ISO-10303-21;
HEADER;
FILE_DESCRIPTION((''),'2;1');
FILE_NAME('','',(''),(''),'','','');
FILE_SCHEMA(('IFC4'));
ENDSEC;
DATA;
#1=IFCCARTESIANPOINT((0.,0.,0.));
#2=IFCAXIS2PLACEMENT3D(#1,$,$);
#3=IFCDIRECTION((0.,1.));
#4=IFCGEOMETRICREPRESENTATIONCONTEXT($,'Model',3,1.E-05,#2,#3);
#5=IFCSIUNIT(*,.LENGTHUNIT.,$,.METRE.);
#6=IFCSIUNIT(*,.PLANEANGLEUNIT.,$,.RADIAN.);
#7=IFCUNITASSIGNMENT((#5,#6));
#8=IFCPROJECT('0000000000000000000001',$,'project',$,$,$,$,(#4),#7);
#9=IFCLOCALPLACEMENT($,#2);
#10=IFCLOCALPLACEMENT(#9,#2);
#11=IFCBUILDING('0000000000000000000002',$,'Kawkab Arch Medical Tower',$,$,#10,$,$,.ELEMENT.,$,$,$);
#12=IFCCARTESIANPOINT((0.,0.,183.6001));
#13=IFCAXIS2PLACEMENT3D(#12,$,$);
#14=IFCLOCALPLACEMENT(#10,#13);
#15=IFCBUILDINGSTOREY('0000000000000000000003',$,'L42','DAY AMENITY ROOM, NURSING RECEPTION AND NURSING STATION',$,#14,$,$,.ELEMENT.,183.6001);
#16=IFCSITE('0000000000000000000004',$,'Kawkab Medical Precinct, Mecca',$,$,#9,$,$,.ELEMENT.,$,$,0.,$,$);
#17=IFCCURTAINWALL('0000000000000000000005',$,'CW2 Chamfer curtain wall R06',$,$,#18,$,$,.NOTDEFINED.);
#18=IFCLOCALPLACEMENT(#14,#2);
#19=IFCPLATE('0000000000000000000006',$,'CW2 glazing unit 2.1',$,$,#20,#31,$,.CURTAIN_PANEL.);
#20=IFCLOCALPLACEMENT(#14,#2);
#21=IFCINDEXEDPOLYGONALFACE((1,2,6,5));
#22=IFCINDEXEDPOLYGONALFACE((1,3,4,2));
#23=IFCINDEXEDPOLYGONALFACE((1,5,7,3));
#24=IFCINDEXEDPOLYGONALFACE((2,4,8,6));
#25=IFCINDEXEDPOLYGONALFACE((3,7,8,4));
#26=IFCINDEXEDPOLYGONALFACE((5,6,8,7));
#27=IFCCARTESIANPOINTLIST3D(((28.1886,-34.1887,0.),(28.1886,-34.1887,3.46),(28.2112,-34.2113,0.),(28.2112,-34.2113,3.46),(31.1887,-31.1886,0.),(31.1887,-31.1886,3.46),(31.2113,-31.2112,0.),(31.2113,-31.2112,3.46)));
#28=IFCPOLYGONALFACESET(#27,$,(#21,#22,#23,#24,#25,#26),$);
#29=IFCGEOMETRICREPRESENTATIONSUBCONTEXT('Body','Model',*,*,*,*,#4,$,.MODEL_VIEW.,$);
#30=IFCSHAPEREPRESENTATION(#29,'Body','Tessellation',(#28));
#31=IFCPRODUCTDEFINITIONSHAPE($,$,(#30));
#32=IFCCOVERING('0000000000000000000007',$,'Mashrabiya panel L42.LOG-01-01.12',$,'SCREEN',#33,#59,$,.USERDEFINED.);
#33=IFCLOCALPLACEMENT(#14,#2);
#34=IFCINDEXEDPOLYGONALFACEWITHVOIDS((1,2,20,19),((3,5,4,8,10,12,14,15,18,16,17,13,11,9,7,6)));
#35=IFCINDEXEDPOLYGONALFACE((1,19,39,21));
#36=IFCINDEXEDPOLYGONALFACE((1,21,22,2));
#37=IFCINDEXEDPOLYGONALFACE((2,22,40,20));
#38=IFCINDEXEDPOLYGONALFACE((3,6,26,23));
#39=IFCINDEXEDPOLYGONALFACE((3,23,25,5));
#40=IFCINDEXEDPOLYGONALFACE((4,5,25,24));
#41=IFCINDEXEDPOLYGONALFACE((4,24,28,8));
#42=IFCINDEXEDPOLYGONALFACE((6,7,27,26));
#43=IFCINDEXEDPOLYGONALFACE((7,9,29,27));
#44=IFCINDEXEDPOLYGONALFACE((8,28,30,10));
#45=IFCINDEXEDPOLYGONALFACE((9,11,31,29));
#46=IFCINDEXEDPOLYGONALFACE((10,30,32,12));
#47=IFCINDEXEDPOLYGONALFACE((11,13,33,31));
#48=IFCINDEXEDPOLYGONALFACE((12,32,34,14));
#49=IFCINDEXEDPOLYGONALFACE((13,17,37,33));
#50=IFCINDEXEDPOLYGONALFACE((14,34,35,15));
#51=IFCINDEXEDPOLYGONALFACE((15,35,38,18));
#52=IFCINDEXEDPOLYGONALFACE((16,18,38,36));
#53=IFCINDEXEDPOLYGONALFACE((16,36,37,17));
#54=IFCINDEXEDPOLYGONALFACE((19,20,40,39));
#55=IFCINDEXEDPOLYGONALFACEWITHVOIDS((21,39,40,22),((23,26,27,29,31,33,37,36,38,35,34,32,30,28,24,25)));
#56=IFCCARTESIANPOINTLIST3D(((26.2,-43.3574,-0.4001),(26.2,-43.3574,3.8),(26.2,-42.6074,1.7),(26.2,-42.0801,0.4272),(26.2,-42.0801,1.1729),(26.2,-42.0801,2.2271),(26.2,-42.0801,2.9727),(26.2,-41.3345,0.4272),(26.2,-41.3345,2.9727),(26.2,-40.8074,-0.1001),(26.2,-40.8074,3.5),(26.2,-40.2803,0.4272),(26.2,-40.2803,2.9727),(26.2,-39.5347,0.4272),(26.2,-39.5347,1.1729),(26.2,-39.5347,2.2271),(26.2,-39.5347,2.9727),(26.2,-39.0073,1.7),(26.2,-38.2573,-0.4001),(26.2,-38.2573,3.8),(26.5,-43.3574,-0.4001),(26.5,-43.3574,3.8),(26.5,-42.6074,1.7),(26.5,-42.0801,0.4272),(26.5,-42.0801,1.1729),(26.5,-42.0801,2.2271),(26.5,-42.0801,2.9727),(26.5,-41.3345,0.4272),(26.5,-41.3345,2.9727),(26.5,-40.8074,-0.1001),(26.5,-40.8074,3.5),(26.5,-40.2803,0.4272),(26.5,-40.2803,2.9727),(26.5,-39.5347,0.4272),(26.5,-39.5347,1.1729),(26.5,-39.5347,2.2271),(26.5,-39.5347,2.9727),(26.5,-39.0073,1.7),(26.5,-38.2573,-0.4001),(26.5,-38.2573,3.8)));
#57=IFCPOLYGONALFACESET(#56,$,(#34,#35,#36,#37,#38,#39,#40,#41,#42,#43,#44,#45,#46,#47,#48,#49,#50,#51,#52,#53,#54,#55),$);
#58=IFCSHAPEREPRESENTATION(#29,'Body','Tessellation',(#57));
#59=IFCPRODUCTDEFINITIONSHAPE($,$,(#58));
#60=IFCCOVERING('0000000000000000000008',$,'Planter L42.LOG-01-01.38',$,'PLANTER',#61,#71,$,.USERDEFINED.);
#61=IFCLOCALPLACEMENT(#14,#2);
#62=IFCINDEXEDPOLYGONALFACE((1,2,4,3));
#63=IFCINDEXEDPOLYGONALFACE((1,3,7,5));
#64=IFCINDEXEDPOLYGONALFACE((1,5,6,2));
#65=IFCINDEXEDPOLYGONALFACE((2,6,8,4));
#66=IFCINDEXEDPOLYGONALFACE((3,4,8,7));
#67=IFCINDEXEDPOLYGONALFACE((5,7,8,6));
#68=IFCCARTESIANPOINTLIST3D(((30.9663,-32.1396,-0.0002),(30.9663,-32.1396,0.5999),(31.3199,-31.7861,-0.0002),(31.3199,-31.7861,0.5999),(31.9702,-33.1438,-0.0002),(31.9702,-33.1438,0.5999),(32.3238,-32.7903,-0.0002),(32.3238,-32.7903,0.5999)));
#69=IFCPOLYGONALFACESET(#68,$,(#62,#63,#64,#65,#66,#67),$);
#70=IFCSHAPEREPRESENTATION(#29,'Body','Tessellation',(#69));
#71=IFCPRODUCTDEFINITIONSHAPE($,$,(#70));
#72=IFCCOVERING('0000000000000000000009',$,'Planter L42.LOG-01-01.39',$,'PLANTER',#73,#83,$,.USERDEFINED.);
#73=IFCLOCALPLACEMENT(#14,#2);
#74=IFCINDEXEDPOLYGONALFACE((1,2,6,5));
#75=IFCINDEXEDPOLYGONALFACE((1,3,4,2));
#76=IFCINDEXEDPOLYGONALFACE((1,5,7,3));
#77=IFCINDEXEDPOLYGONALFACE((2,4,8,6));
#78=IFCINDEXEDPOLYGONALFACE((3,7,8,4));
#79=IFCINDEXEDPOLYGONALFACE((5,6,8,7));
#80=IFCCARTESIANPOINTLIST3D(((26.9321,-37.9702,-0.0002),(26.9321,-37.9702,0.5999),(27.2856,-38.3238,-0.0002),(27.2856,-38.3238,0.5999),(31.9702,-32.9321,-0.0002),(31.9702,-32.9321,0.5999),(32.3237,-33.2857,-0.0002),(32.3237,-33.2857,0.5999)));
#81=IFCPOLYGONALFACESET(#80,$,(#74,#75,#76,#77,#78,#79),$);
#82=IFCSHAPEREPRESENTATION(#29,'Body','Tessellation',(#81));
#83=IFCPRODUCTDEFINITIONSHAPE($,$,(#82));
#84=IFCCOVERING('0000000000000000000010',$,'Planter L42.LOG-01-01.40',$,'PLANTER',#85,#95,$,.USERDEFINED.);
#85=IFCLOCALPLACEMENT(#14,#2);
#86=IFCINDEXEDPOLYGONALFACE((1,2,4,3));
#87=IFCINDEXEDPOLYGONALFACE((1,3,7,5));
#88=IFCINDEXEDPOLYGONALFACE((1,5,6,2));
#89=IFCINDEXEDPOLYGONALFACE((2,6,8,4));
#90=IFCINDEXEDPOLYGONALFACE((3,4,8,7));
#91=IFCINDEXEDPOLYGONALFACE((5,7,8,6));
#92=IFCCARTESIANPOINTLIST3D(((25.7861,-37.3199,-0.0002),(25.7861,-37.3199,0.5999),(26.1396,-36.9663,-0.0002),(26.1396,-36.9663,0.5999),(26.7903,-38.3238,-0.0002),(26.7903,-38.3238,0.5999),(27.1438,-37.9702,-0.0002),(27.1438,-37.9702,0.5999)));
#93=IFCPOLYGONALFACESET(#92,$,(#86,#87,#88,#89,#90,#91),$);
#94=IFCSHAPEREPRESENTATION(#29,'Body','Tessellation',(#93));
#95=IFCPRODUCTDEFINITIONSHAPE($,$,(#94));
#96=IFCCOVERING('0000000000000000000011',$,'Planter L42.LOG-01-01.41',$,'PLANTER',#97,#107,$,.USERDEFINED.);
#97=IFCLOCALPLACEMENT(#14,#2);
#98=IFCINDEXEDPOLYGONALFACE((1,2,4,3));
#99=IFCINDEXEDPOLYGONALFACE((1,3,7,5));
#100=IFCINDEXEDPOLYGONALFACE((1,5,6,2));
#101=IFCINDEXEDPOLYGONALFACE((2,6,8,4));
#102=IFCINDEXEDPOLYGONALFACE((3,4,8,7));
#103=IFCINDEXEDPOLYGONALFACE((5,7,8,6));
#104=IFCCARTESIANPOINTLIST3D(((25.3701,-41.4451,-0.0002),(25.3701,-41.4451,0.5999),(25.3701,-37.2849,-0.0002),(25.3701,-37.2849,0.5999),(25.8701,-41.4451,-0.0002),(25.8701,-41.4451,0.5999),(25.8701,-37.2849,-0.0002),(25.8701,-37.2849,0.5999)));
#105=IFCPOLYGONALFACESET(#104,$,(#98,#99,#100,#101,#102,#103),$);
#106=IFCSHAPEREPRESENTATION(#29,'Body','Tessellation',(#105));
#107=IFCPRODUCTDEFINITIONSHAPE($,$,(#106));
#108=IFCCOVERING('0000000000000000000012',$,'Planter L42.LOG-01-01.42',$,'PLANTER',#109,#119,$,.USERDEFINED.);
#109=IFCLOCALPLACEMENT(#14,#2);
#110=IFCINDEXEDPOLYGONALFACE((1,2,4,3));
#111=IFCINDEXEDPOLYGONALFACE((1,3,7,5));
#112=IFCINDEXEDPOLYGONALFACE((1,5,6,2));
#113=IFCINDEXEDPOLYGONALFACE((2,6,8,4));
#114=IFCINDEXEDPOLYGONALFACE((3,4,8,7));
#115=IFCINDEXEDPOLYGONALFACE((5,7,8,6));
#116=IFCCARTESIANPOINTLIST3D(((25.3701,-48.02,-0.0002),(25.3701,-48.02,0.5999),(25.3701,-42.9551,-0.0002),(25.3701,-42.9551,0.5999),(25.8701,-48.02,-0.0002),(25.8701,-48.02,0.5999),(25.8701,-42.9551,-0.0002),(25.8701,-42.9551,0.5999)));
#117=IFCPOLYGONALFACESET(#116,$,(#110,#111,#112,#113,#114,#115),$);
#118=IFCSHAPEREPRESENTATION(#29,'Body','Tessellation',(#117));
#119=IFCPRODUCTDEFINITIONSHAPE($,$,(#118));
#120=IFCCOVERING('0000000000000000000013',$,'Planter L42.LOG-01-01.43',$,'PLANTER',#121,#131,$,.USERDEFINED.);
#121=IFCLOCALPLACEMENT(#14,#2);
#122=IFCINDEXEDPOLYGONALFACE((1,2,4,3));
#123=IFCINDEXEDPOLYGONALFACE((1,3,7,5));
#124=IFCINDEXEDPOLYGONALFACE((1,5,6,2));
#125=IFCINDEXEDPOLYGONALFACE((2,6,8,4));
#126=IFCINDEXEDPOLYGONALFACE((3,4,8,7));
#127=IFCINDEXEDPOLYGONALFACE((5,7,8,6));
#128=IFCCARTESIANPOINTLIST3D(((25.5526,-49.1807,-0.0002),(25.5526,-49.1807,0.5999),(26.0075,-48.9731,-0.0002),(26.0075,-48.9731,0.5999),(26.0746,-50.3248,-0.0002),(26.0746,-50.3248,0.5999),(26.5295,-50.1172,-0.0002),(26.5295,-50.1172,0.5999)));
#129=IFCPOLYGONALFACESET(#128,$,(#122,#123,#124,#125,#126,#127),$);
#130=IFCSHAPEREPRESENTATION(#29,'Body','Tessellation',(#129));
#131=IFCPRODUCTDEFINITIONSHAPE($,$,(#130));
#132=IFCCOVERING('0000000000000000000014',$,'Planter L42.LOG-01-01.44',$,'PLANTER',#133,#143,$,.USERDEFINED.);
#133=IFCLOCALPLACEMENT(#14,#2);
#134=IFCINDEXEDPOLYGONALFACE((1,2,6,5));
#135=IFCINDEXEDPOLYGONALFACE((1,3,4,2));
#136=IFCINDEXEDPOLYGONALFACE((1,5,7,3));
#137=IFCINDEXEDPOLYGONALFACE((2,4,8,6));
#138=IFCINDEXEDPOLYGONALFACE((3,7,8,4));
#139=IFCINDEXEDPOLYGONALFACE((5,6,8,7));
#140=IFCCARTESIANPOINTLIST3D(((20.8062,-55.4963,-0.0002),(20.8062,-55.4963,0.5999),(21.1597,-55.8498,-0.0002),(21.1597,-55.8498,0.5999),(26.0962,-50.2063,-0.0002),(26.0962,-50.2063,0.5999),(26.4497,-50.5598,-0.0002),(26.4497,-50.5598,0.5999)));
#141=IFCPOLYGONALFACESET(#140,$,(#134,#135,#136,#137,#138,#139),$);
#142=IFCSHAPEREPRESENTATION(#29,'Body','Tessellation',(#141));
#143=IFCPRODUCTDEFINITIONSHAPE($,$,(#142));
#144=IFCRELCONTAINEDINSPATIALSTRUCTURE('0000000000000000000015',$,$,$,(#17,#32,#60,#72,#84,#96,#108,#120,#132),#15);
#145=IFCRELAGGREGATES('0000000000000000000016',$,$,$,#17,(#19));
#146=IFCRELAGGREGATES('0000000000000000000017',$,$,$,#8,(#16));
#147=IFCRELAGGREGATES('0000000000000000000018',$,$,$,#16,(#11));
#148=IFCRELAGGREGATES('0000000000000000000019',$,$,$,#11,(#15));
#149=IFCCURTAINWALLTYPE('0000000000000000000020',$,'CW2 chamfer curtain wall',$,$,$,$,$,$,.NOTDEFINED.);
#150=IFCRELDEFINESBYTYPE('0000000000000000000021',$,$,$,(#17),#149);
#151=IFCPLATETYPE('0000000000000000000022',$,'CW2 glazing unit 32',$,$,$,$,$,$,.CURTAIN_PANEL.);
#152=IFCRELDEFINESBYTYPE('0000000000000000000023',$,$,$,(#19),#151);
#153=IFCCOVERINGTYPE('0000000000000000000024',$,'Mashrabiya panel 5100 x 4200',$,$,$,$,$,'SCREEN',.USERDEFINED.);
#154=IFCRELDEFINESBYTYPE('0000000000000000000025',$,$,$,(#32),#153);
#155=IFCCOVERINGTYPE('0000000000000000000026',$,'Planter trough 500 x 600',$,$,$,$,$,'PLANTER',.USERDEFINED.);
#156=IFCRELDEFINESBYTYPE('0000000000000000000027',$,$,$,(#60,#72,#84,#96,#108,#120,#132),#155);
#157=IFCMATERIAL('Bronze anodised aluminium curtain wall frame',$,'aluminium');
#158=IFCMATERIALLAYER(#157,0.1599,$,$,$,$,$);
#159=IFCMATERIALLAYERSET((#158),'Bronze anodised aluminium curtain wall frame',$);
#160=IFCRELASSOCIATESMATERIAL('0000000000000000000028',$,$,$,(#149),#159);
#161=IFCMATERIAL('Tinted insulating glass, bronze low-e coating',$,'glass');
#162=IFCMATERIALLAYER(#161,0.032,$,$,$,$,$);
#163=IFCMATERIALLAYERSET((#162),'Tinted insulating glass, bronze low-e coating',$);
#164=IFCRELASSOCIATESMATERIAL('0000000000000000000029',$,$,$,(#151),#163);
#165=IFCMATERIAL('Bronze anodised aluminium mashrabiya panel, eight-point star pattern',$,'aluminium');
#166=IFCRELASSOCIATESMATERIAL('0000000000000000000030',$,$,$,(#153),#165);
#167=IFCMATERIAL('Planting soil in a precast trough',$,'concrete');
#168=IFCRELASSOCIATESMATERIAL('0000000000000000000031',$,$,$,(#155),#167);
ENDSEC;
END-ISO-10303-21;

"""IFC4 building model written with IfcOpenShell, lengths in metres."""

from ifc_helpers import new_model, si_unit, direction, frame, origin, origin_2d, place, context, subcontext, project, spatial, polyline, rectangle, outline, extrude, material, layer, layer_set, material_profile, profile_set, type_object, element, aggregate, save


model = new_model("IFC4")

# Units and contexts
model_context = context("Model", 3, precision=1e-05, world=origin(), true_north=direction((0.0, 1.0)))
body_context = subcontext(model_context, "Body", "Model", "MODEL_VIEW")
ifc_project = project(units=[si_unit("LENGTHUNIT", "METRE"), si_unit("PLANEANGLEUNIT", "RADIAN")], contexts=[model_context])

# Site, building, storey
site_placement = place(None, origin())
site = spatial("IfcSite", under=ifc_project, at=site_placement, Name="Kawkab Medical Precinct, Mecca", CompositionType="ELEMENT", RefElevation=0.0)
building_placement = place(site_placement, origin())
building = spatial("IfcBuilding", under=site, at=building_placement, Name="Kawkab Arch Medical Tower", CompositionType="ELEMENT")
storey_placement = place(building_placement, frame((0.0, 0.0, 183.6001)))
storey = spatial("IfcBuildingStorey", under=building, at=storey_placement, Name="L42", Description="DAY AMENITY ROOM, NURSING RECEPTION AND NURSING STATION", CompositionType="ELEMENT", Elevation=183.6001)

# Shared definitions
placement = place(storey_placement, origin())

# Shared definitions
ifc_material_1 = material(Name="Bronze anodised aluminium curtain wall frame", Category="aluminium")
ifc_layer_1 = layer(ifc_material_1, 0.1599)
ifc_layer_set_1 = layer_set([ifc_layer_1], Name="Bronze anodised aluminium curtain wall frame")
curtain_wall_type_1 = type_object("IfcCurtainWallType", Name="CW2 chamfer curtain wall", PredefinedType="NOTDEFINED", material=ifc_layer_set_1)

# Curtain wall
curtain_wall_1 = element("IfcCurtainWall", 1, at=placement, inside=storey, type_object=curtain_wall_type_1, Name="CW2 Chamfer curtain wall R06", PredefinedType="NOTDEFINED")

# Plate
ifc_material_2 = material(Name="Tinted insulating glass, bronze low-e coating", Category="glass")
ifc_layer_2 = layer(ifc_material_2, 0.032)
ifc_layer_set_2 = layer_set([ifc_layer_2], Name="Tinted insulating glass, bronze low-e coating")
plate_type_1 = type_object("IfcPlateType", Name="CW2 glazing unit 32", PredefinedType="CURTAIN_PANEL", material=ifc_layer_set_2)
plate_1_placement = place(storey_placement, frame((29.7, -32.7, 0.0), z_axis=(0.0, 0.0, 1.0), x_axis=(0.707107, 0.707107, 0.0)))
plate_1 = element("IfcPlate", 2, at=plate_1_placement, type_object=plate_type_1, Name="CW2 glazing unit 2.1", PredefinedType="CURTAIN_PANEL", context=body_context, shape_type="SweptSolid", body=[
    extrude(rectangle(XDim=4.2427, YDim=0.032, at=origin_2d()), origin(), (0.0, 0.0, 1.0), 3.46),
])
aggregate(curtain_wall_1, [plate_1])

# Coverings
ifc_material_3 = material(Name="Bronze anodised aluminium mashrabiya panel, eight-point star pattern", Category="aluminium")
ifc_material_profile_1 = material_profile(ifc_material_3, outline(polyline([(-2.55, -2.1001), (2.55, -2.1001), (2.55, 2.1001), (-2.55, 2.1001), (-2.55, -2.1001)]), holes=[polyline([(1.8, 0.0), (1.2727, 0.5271), (1.2727, 1.2727), (0.5271, 1.2727), (0.0, 1.8), (-0.5271, 1.2727), (-1.2727, 1.2727), (-1.2727, 0.5271), (-1.8, 0.0), (-1.2727, -0.5271), (-1.2727, -1.2727), (-0.5271, -1.2727), (0.0, -1.8), (0.5271, -1.2727), (1.2727, -1.2727), (1.2727, -0.5271), (1.8, 0.0)])]), Name="Mashrabiya panel 5100x4200")
ifc_profile_set_1 = profile_set([ifc_material_profile_1], Name="Bronze anodised aluminium mashrabiya panel, eight-point star pattern")
covering_type_1 = type_object("IfcCoveringType", Name="Mashrabiya panel 5100 x 4200", ElementType="SCREEN", PredefinedType="USERDEFINED", material=ifc_profile_set_1)
covering_1_placement = place(storey_placement, frame((26.2, -40.8074, 1.7), z_axis=(1.0, 0.0, 0.0), x_axis=(0.0, 1.0, 0.0)))
element("IfcCovering", 3, at=covering_1_placement, inside=storey, type_object=covering_type_1, Name="Mashrabiya panel L42.LOG-01-01.12", ObjectType="SCREEN", PredefinedType="USERDEFINED", context=body_context, shape_type="SweptSolid", body=[
    extrude(outline(polyline([(-2.55, -2.1001), (2.55, -2.1001), (2.55, 2.1001), (-2.55, 2.1001), (-2.55, -2.1001)]), holes=[polyline([(1.8, 0.0), (1.2727, 0.5271), (1.2727, 1.2727), (0.5271, 1.2727), (0.0, 1.8), (-0.5271, 1.2727), (-1.2727, 1.2727), (-1.2727, 0.5271), (-1.8, 0.0), (-1.2727, -0.5271), (-1.2727, -1.2727), (-0.5271, -1.2727), (0.0, -1.8), (0.5271, -1.2727), (1.2727, -1.2727), (1.2727, -0.5271), (1.8, 0.0)])]), origin(), (0.0, 0.0, 1.0), 0.3),
])
ifc_material_4 = material(Name="Planting soil in a precast trough", Category="concrete")
ifc_material_profile_2 = material_profile(ifc_material_4, rectangle(XDim=0.5, YDim=0.6001, at=origin_2d()), Name="Trough 500x600")
ifc_profile_set_2 = profile_set([ifc_material_profile_2], Name="Planting soil in a precast trough")
covering_type_2 = type_object("IfcCoveringType", Name="Planter trough 500 x 600", ElementType="PLANTER", PredefinedType="USERDEFINED", material=ifc_profile_set_2)
covering_2_placement = place(storey_placement, frame((31.1431, -31.9629, 0.2998), z_axis=(0.707021, -0.707193, 0.0), x_axis=(0.707193, 0.707021, 0.0)))
element("IfcCovering", 4, at=covering_2_placement, inside=storey, type_object=covering_type_2, Name="Planter L42.LOG-01-01.38", ObjectType="PLANTER", PredefinedType="USERDEFINED", context=body_context, shape_type="SweptSolid", body=[
    extrude(rectangle(XDim=0.5, YDim=0.6001, at=origin_2d()), origin(), (0.0, 0.0, 1.0), 1.4199),
])
covering_3_placement = place(storey_placement, frame((32.147, -33.1089, 0.2998), z_axis=(-0.707107, -0.707107, 0.0), x_axis=(0.707107, -0.707107, 0.0)))
element("IfcCovering", 5, at=covering_3_placement, inside=storey, type_object=covering_type_2, Name="Planter L42.LOG-01-01.39", ObjectType="PLANTER", PredefinedType="USERDEFINED", context=body_context, shape_type="SweptSolid", body=[
    extrude(rectangle(XDim=0.5, YDim=0.6001, at=origin_2d()), origin(), (0.0, 0.0, 1.0), 7.125),
])
covering_4_placement = place(storey_placement, frame((26.967, -38.147, 0.2998), z_axis=(-0.707193, 0.707021, 0.0), x_axis=(-0.707021, -0.707193, 0.0)))
element("IfcCovering", 6, at=covering_4_placement, inside=storey, type_object=covering_type_2, Name="Planter L42.LOG-01-01.40", ObjectType="PLANTER", PredefinedType="USERDEFINED", context=body_context, shape_type="SweptSolid", body=[
    extrude(rectangle(XDim=0.5, YDim=0.6001, at=origin_2d()), origin(), (0.0, 0.0, 1.0), 1.4199),
])
covering_5_placement = place(storey_placement, frame((25.6201, -37.2849, 0.2998), z_axis=(0.0, -1.0, 0.0), x_axis=(1.0, 0.0, 0.0)))
element("IfcCovering", 7, at=covering_5_placement, inside=storey, type_object=covering_type_2, Name="Planter L42.LOG-01-01.41", ObjectType="PLANTER", PredefinedType="USERDEFINED", context=body_context, shape_type="SweptSolid", body=[
    extrude(rectangle(XDim=0.5, YDim=0.6001, at=origin_2d()), origin(), (0.0, 0.0, 1.0), 4.1602),
])
covering_6_placement = place(storey_placement, frame((25.6201, -42.9551, 0.2998), z_axis=(0.0, -1.0, 0.0), x_axis=(1.0, 0.0, 0.0)))
element("IfcCovering", 8, at=covering_6_placement, inside=storey, type_object=covering_type_2, Name="Planter L42.LOG-01-01.42", ObjectType="PLANTER", PredefinedType="USERDEFINED", context=body_context, shape_type="SweptSolid", body=[
    extrude(rectangle(XDim=0.5, YDim=0.6001, at=origin_2d()), origin(), (0.0, 0.0, 1.0), 5.0649),
])
covering_7_placement = place(storey_placement, frame((25.78, -49.0769, 0.2998), z_axis=(0.41509, -0.90978, 0.0), x_axis=(0.90978, 0.41509, 0.0)))
element("IfcCovering", 9, at=covering_7_placement, inside=storey, type_object=covering_type_2, Name="Planter L42.LOG-01-01.43", ObjectType="PLANTER", PredefinedType="USERDEFINED", context=body_context, shape_type="SweptSolid", body=[
    extrude(rectangle(XDim=0.5, YDim=0.6001, at=origin_2d()), origin(), (0.0, 0.0, 1.0), 1.2576),
])
covering_8_placement = place(storey_placement, frame((26.2729, -50.3831, 0.2998), z_axis=(-0.707107, -0.707107, 0.0), x_axis=(0.707107, -0.707107, 0.0)))
element("IfcCovering", 10, at=covering_8_placement, inside=storey, type_object=covering_type_2, Name="Planter L42.LOG-01-01.44", ObjectType="PLANTER", PredefinedType="USERDEFINED", context=body_context, shape_type="SweptSolid", body=[
    extrude(rectangle(XDim=0.5, YDim=0.6001, at=origin_2d()), origin(), (0.0, 0.0, 1.0), 7.4812),
])

save(model, "model.ifc")
